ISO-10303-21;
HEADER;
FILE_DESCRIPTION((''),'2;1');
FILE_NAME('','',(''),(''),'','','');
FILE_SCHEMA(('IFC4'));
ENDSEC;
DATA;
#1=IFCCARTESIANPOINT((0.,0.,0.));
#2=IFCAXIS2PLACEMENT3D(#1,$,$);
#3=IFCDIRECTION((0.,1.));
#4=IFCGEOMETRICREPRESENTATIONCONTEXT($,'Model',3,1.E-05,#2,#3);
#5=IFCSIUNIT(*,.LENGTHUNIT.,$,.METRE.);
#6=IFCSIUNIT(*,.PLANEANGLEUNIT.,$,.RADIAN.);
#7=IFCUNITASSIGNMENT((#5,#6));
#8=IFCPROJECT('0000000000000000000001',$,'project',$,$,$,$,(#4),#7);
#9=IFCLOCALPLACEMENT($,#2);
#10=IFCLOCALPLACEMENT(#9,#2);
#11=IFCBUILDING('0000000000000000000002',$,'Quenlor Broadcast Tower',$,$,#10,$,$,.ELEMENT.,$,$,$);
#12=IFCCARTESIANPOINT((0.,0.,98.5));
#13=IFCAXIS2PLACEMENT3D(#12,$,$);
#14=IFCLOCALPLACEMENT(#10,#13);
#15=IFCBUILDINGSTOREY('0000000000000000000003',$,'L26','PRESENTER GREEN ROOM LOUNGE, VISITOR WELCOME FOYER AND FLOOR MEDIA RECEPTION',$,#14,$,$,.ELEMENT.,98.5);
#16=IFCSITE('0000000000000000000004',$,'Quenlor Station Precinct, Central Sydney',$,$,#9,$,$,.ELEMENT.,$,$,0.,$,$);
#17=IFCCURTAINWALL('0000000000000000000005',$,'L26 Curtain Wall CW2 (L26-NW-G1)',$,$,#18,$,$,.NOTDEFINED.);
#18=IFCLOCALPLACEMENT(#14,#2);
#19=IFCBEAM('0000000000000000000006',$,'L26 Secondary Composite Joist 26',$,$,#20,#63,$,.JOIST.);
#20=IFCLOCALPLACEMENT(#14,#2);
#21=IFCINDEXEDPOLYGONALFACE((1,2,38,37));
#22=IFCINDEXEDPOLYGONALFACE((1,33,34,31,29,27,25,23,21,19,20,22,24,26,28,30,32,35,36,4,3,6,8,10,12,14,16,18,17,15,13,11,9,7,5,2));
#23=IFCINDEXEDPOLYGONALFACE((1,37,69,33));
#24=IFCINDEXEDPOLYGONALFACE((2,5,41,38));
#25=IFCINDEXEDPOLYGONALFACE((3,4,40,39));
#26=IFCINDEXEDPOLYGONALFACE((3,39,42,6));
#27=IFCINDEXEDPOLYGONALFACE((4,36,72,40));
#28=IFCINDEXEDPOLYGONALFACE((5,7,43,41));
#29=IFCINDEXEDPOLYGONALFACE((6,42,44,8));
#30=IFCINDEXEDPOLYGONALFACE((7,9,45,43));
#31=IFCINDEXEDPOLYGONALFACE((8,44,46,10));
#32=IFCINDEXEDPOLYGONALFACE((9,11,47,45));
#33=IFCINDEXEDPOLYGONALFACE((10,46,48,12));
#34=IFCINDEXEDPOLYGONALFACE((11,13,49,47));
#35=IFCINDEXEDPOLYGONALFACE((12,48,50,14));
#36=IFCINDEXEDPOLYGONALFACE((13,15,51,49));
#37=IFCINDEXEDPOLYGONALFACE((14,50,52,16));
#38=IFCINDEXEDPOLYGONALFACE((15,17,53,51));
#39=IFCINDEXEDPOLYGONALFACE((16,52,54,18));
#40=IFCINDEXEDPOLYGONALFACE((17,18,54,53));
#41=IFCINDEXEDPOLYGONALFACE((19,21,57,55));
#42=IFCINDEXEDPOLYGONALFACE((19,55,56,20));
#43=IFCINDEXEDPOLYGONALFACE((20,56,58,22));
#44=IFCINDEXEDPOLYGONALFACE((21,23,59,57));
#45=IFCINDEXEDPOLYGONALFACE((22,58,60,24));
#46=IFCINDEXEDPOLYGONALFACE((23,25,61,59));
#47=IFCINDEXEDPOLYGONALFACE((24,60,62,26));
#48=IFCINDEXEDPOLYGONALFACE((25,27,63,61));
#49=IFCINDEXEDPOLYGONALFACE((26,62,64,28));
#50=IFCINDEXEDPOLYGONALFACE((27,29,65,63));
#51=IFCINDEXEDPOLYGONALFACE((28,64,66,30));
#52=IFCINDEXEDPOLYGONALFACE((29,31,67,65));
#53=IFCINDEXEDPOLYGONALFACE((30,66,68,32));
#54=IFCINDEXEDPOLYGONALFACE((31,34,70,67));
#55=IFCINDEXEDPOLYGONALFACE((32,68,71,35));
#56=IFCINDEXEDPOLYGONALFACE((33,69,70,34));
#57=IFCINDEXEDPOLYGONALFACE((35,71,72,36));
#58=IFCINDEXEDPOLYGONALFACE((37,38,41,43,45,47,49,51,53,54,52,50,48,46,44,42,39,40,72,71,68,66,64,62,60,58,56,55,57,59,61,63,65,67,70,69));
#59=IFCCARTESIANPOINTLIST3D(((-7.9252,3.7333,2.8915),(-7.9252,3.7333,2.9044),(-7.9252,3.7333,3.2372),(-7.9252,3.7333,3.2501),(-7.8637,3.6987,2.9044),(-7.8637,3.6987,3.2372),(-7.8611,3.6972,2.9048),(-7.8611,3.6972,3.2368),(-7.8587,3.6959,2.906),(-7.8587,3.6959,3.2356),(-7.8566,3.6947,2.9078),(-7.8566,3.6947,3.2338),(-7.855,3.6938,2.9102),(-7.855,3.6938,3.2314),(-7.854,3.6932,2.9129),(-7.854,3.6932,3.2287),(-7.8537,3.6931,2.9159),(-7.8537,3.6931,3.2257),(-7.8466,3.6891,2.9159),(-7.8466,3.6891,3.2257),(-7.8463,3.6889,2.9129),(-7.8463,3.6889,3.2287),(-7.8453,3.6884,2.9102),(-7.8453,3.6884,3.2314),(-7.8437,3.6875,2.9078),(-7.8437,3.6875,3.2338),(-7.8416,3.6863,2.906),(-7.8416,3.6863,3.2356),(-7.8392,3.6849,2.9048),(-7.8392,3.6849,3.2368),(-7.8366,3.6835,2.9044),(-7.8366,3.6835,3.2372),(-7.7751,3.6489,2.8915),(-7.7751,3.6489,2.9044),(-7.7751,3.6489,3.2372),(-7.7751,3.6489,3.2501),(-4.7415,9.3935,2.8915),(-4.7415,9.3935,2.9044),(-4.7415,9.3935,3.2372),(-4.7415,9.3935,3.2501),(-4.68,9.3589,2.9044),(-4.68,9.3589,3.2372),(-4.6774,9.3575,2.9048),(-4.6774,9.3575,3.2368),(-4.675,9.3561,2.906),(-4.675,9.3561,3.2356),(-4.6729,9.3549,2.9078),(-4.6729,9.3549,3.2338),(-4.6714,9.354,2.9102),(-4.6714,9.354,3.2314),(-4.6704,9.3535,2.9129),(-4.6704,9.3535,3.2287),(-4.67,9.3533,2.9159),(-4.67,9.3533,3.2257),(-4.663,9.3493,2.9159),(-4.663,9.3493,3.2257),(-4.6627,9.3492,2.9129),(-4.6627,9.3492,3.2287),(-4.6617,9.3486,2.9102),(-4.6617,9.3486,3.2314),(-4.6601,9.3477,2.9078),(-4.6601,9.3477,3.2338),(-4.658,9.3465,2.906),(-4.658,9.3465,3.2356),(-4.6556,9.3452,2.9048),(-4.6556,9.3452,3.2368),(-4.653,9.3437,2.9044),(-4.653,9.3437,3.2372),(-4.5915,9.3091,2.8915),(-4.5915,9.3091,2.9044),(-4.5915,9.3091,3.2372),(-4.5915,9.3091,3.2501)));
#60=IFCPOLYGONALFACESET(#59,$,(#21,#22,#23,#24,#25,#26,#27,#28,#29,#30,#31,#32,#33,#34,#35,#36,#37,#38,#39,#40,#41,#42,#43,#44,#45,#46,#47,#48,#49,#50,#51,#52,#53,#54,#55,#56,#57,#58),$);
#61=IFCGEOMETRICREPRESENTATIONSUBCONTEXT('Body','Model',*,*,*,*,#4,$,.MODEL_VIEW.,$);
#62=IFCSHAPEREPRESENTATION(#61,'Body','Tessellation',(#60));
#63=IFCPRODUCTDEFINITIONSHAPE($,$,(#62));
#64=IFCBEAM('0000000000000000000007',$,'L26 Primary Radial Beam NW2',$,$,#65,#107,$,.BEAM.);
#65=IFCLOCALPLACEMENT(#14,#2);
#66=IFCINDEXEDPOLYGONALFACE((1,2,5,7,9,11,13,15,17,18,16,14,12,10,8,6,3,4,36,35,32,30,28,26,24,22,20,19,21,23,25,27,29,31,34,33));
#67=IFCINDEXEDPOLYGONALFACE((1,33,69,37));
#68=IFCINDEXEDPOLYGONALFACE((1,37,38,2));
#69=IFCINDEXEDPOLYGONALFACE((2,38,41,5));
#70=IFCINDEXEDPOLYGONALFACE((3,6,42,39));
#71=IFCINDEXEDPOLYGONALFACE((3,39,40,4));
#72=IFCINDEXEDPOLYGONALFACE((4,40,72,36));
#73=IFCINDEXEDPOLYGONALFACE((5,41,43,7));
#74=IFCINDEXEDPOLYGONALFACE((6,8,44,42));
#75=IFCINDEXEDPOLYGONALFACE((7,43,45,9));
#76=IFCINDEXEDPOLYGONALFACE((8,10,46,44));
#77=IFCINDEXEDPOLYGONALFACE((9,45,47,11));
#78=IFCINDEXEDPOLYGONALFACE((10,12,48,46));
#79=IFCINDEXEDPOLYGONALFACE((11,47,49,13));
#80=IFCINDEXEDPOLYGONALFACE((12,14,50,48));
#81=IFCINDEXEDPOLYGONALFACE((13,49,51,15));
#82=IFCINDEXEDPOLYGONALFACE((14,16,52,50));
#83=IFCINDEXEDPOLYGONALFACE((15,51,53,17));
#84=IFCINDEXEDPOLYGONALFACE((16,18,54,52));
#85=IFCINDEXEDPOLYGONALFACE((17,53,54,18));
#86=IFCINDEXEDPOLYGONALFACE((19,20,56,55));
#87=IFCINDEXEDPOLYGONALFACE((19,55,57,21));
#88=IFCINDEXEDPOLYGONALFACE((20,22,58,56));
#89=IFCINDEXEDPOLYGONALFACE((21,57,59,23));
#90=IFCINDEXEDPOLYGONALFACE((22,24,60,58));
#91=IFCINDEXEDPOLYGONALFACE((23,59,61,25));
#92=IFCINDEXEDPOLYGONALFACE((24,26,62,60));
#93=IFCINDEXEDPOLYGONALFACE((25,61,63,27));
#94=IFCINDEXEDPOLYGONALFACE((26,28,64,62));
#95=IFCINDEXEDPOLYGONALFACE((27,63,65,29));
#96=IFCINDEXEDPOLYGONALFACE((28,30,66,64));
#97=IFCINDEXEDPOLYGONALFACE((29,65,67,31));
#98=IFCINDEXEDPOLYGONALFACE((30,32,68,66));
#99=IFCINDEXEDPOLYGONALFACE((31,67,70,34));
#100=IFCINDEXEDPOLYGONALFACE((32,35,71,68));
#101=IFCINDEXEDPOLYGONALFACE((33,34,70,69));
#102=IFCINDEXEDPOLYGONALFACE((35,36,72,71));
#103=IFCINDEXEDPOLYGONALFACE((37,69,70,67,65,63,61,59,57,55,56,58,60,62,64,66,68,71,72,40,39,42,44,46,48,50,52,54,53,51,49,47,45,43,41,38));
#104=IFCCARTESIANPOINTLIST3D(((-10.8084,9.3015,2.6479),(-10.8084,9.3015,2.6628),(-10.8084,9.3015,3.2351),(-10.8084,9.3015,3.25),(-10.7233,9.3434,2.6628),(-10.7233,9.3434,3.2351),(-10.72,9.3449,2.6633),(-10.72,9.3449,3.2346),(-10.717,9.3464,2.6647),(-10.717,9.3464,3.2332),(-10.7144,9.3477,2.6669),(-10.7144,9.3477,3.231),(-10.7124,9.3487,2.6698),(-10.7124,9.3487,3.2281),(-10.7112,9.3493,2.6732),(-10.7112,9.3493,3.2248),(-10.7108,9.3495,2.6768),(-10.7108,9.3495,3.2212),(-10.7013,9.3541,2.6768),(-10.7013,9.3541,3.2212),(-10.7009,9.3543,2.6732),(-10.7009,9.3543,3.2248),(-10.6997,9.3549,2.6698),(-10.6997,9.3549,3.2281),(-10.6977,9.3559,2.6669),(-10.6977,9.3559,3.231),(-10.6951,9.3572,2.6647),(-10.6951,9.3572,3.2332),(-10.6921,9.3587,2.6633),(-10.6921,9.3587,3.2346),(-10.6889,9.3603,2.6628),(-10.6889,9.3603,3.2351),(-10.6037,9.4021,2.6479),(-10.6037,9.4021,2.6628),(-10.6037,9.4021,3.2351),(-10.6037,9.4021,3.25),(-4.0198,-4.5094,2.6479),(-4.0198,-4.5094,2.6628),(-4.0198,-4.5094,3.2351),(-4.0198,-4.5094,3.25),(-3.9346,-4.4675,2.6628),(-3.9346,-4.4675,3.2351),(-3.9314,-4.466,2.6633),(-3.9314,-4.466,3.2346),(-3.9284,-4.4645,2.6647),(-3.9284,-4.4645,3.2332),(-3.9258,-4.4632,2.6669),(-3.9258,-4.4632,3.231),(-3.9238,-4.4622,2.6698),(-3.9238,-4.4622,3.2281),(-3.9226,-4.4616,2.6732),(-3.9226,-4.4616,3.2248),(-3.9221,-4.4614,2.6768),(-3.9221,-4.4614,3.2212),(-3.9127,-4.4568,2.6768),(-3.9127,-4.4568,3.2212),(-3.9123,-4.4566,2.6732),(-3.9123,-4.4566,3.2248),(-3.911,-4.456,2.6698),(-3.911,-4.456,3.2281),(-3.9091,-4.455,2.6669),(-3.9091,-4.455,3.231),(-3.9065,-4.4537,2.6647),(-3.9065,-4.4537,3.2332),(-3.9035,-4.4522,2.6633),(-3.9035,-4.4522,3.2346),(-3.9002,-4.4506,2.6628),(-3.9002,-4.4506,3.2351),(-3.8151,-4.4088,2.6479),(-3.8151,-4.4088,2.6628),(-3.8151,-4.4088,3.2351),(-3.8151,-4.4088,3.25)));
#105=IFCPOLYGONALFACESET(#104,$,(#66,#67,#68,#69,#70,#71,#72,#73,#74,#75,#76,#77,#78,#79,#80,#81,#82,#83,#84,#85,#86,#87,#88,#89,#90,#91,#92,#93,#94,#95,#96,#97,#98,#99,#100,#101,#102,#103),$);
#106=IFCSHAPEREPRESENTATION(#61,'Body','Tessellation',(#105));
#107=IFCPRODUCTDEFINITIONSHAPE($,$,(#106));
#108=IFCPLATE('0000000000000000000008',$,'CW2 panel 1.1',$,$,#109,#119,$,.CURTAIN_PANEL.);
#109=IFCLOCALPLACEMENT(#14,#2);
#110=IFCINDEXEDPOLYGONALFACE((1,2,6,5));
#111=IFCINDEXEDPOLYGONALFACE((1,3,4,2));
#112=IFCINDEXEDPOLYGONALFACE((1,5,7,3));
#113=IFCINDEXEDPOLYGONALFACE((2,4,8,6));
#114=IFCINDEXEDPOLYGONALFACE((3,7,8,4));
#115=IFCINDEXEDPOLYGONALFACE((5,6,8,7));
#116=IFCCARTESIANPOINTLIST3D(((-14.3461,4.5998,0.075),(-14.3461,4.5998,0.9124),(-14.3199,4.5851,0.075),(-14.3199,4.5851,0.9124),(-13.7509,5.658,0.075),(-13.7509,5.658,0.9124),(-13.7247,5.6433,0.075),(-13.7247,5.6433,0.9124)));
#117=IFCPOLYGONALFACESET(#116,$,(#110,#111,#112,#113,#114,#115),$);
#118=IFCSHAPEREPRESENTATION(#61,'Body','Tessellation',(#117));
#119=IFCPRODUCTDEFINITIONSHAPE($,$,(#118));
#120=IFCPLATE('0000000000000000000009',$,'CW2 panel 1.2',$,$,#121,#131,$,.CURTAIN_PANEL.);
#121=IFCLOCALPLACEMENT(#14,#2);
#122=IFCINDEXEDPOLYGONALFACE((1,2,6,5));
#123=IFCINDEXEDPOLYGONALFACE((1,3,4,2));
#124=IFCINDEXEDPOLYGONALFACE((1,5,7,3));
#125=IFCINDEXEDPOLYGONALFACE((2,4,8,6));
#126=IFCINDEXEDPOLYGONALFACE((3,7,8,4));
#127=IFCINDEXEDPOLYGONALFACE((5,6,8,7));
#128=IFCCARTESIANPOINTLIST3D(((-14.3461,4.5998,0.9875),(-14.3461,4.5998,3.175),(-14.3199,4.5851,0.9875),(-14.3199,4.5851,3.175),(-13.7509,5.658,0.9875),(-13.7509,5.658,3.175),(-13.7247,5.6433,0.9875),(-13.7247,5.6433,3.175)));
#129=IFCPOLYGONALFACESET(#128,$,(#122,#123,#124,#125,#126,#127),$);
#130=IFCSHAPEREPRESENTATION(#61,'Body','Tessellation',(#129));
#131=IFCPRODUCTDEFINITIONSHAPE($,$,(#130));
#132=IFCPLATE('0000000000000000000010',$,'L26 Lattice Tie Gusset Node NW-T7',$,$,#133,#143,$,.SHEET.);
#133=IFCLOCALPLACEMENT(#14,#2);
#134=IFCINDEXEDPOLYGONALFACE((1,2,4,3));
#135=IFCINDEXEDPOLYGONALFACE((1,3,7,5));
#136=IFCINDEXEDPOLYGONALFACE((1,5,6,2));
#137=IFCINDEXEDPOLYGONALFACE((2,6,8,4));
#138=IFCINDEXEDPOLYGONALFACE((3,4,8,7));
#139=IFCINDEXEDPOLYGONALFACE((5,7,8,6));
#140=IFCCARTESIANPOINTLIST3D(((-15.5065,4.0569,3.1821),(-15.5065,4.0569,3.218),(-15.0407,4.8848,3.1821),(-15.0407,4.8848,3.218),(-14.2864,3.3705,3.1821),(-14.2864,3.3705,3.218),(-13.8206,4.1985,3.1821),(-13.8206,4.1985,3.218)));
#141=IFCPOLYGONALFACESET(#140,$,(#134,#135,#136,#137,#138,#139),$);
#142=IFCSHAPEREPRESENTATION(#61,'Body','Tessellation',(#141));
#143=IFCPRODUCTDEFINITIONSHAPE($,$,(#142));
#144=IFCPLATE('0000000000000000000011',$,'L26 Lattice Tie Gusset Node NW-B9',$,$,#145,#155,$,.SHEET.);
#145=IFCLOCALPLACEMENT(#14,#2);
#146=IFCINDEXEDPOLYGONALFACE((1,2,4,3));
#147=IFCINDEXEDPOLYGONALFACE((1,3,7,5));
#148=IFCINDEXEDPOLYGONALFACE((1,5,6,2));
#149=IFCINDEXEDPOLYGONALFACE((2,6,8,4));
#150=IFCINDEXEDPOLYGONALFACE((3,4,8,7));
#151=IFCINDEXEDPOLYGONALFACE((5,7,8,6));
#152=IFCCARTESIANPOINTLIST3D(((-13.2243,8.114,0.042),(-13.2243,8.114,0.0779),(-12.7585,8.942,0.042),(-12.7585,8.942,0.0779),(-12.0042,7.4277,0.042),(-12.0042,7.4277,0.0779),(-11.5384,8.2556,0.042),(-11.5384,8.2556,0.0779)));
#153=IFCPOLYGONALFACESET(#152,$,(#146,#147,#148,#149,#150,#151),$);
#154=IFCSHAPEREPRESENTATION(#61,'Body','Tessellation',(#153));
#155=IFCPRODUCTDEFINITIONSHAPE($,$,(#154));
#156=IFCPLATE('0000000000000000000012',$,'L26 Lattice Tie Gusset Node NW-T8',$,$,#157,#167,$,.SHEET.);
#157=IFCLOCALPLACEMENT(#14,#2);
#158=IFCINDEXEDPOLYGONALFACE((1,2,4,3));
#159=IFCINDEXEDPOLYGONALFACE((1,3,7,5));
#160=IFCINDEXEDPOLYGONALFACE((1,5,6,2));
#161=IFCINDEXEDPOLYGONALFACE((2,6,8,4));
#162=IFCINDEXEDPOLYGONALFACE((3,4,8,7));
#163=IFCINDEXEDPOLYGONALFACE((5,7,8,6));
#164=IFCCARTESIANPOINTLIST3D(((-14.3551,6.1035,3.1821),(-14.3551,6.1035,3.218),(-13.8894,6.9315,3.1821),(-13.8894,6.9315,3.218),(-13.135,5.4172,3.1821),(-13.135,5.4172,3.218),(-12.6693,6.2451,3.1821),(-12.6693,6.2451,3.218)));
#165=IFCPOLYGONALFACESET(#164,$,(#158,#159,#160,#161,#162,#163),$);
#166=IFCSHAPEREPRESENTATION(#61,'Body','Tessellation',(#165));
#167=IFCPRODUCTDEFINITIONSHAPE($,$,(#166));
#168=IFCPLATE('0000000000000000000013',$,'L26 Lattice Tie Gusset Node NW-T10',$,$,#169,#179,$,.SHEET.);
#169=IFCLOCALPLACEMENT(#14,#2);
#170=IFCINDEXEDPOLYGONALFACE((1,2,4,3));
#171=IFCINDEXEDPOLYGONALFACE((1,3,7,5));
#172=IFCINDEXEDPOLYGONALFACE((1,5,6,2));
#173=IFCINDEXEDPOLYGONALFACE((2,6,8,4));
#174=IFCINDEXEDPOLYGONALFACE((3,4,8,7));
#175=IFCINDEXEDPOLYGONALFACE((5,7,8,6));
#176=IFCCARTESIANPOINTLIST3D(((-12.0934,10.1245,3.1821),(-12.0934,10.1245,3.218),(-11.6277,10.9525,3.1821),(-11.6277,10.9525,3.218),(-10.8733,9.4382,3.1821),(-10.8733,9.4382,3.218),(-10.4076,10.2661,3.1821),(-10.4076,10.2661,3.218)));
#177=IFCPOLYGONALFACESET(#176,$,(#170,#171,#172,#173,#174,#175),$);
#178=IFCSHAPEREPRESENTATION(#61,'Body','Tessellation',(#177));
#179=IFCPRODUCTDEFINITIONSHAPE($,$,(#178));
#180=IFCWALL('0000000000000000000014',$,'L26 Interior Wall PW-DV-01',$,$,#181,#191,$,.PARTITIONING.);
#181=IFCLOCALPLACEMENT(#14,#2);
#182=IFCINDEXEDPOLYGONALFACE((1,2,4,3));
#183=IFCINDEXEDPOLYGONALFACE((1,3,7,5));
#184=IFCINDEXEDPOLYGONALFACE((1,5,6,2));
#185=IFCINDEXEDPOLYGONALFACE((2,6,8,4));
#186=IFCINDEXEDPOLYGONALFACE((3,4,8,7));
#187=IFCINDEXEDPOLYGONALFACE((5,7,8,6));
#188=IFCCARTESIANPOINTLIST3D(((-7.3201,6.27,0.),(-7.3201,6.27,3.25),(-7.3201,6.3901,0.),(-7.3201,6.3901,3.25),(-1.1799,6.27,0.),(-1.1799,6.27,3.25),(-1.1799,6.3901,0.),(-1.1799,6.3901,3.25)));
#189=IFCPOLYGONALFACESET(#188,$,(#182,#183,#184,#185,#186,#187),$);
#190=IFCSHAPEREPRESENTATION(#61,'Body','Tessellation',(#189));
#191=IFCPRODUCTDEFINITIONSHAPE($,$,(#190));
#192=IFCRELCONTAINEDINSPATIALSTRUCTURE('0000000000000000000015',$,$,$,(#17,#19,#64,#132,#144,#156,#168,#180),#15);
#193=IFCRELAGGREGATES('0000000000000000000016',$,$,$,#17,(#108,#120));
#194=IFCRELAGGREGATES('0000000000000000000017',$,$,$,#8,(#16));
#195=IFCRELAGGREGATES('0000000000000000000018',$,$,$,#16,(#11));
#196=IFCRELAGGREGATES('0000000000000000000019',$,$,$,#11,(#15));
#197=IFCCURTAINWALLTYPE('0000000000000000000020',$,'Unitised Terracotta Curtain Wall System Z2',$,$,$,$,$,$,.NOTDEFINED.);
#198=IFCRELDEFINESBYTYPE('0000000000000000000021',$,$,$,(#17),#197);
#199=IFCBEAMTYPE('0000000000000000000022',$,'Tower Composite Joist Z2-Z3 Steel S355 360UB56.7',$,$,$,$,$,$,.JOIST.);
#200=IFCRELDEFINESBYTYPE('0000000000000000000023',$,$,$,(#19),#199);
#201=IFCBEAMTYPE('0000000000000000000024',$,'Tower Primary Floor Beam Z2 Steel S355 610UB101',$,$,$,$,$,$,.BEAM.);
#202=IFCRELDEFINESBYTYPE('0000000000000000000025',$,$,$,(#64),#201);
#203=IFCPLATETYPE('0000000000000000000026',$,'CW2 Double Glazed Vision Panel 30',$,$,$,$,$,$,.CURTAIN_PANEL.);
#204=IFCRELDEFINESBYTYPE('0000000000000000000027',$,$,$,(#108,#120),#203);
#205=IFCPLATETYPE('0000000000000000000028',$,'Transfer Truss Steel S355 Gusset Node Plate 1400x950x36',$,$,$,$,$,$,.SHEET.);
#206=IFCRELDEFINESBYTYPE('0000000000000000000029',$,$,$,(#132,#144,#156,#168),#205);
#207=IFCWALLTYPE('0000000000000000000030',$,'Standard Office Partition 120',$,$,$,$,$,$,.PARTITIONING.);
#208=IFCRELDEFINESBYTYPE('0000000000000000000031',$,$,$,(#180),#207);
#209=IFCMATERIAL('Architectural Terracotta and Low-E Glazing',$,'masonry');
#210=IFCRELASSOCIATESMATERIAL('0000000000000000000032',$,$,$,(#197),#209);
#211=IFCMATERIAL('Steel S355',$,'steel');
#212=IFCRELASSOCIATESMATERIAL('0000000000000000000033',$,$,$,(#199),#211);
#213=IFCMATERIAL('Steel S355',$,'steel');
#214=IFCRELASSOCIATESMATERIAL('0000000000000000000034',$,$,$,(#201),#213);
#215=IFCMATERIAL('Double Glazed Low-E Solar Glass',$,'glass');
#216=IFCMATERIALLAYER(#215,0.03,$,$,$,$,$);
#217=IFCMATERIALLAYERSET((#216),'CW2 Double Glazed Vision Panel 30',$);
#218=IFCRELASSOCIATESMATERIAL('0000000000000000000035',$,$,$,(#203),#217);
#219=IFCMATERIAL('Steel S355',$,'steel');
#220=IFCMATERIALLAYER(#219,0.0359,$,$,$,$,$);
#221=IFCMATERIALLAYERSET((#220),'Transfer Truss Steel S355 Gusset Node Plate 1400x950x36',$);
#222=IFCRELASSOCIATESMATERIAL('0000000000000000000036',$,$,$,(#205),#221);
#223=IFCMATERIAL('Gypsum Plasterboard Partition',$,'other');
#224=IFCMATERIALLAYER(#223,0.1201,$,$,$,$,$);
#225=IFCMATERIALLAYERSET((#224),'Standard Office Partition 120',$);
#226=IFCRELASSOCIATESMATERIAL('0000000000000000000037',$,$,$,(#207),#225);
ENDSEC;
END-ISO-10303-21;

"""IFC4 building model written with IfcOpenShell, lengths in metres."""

from ifc_helpers import new_model, si_unit, direction, frame, frame_2d, origin, origin_2d, place, context, subcontext, project, spatial, rectangle, i_section, extrude, material, layer, layer_set, material_profile, profile_set, type_object, element, aggregate, save


model = new_model("IFC4")

# Units and contexts
model_context = context("Model", 3, precision=1e-05, world=origin(), true_north=direction((0.0, 1.0)))
body_context = subcontext(model_context, "Body", "Model", "MODEL_VIEW")
ifc_project = project(units=[si_unit("LENGTHUNIT", "METRE"), si_unit("PLANEANGLEUNIT", "RADIAN")], contexts=[model_context])

# Site, building, storey
site_placement = place(None, origin())
site = spatial("IfcSite", under=ifc_project, at=site_placement, Name="Quenlor Station Precinct, Central Sydney", CompositionType="ELEMENT", RefElevation=0.0)
building_placement = place(site_placement, origin())
building = spatial("IfcBuilding", under=site, at=building_placement, Name="Quenlor Broadcast Tower", CompositionType="ELEMENT")
storey_placement = place(building_placement, frame((0.0, 0.0, 98.5)))
storey = spatial("IfcBuildingStorey", under=building, at=storey_placement, Name="L26", Description="PRESENTER GREEN ROOM LOUNGE, VISITOR WELCOME FOYER AND FLOOR MEDIA RECEPTION", CompositionType="ELEMENT", Elevation=98.5)

# Shared definitions
ifc_material_1 = material(Name="Architectural Terracotta and Low-E Glazing", Category="masonry")
curtain_wall_type = type_object("IfcCurtainWallType", Name="Unitised Terracotta Curtain Wall System Z2", PredefinedType="NOTDEFINED", material=ifc_material_1)

# Curtain wall
curtain_wall_1_placement = place(storey_placement, origin())
curtain_wall_1 = element("IfcCurtainWall", 1, at=curtain_wall_1_placement, inside=storey, type_object=curtain_wall_type, Name="L26 Curtain Wall CW2 (L26-NW-G1)", PredefinedType="NOTDEFINED")

# Beams
ifc_material_2 = material(Name="Steel S355", Category="steel")
ifc_material_profile_1 = material_profile(ifc_material_2, i_section(OverallWidth=0.1721, OverallDepth=0.3586, WebThickness=0.0081, FlangeThickness=0.0129, FilletRadius=0.0115, at=origin_2d()))
ifc_profile_set_1 = profile_set([ifc_material_profile_1], Name="Steel S355 360UB56.7")
beam_type_1 = type_object("IfcBeamType", Name="Tower Composite Joist Z2-Z3 Steel S355 360UB56.7", PredefinedType="JOIST", material=ifc_profile_set_1)
beam_1_placement = place(storey_placement, frame((-4.6665, 9.3513, 3.0708), z_axis=(-0.490233, -0.871592, 0.0), x_axis=(0.871592, -0.490233, 0.0)))
element("IfcBeam", 2, at=beam_1_placement, inside=storey, type_object=beam_type_1, Name="L26 Secondary Composite Joist 26", PredefinedType="JOIST", context=body_context, shape_type="SweptSolid", body=[
    extrude(i_section(OverallWidth=0.1721, OverallDepth=0.3586, WebThickness=0.0081, FlangeThickness=0.0129, FilletRadius=0.0115, at=origin_2d()), origin(), (0.0, 0.0, 1.0), 6.4941),
])
ifc_material_3 = material(Name="Steel S355", Category="steel")
ifc_material_profile_2 = material_profile(ifc_material_3, i_section(OverallWidth=0.228, OverallDepth=0.6021, WebThickness=0.0105, FlangeThickness=0.0149, FilletRadius=0.0139, at=origin_2d()))
ifc_profile_set_2 = profile_set([ifc_material_profile_2], Name="Steel S355 610UB101")
beam_type_2 = type_object("IfcBeamType", Name="Tower Primary Floor Beam Z2 Steel S355 610UB101", PredefinedType="BEAM", material=ifc_profile_set_2)
beam_2_placement = place(storey_placement, frame((-10.7061, 9.3518, 2.949), z_axis=(0.44113, -0.897443, 0.0), x_axis=(0.897443, 0.44113, 0.0)))
element("IfcBeam", 3, at=beam_2_placement, inside=storey, type_object=beam_type_2, Name="L26 Primary Radial Beam NW2", PredefinedType="BEAM", context=body_context, shape_type="SweptSolid", body=[
    extrude(i_section(OverallWidth=0.228, OverallDepth=0.6021, WebThickness=0.0105, FlangeThickness=0.0149, FilletRadius=0.0139, at=origin_2d()), origin(), (0.0, 0.0, 1.0), 15.3892),
])

# Plates
ifc_material_4 = material(Name="Double Glazed Low-E Solar Glass", Category="glass")
ifc_layer_1 = layer(ifc_material_4, 0.03)
ifc_layer_set_1 = layer_set([ifc_layer_1], Name="CW2 Double Glazed Vision Panel 30")
plate_type_1 = type_object("IfcPlateType", Name="CW2 Double Glazed Vision Panel 30", PredefinedType="CURTAIN_PANEL", material=ifc_layer_set_1)
plate_1_placement = place(storey_placement, frame((-14.0354, 5.1216, 0.075), z_axis=(0.0, 0.0, 1.0), x_axis=(0.490254, 0.871579, 0.0)))
plate_1 = element("IfcPlate", 4, at=plate_1_placement, type_object=plate_type_1, Name="CW2 panel 1.1", PredefinedType="CURTAIN_PANEL", context=body_context, shape_type="SweptSolid", body=[
    extrude(rectangle(XDim=1.2141, YDim=0.03, at=origin_2d()), origin(), (0.0, 0.0, 1.0), 0.8374),
])
plate_2_placement = place(storey_placement, frame((-14.0354, 5.1216, 0.9875), z_axis=(0.0, 0.0, 1.0), x_axis=(0.490254, 0.871579, 0.0)))
plate_2 = element("IfcPlate", 5, at=plate_2_placement, type_object=plate_type_1, Name="CW2 panel 1.2", PredefinedType="CURTAIN_PANEL", context=body_context, shape_type="SweptSolid", body=[
    extrude(rectangle(XDim=1.2141, YDim=0.03, at=origin_2d()), origin(), (0.0, 0.0, 1.0), 2.1875),
])
aggregate(curtain_wall_1, [plate_1, plate_2])

# Plates
ifc_material_5 = material(Name="Steel S355", Category="steel")
ifc_layer_2 = layer(ifc_material_5, 0.0359)
ifc_layer_set_2 = layer_set([ifc_layer_2], Name="Transfer Truss Steel S355 Gusset Node Plate 1400x950x36")
plate_type_2 = type_object("IfcPlateType", Name="Transfer Truss Steel S355 Gusset Node Plate 1400x950x36", PredefinedType="SHEET", material=ifc_layer_set_2)
for number, where, z_axis, x_axis, name in (
    (6, (-14.6636, 4.1277, 3.1821), (0.0, 0.0, 1.0), (-0.871556, 0.490295, 0.0), "L26 Lattice Tie Gusset Node NW-T7"),
    (7, (-12.3813, 8.1848, 0.042), (0.0, 0.0, 1.0), (-0.871556, 0.490295, 0.0), "L26 Lattice Tie Gusset Node NW-B9"),
    (8, (-13.5122, 6.1743, 3.1821), (0.0, 0.0, 1.0), (-0.871556, 0.490295, 0.0), "L26 Lattice Tie Gusset Node NW-T8"),
    (9, (-11.2505, 10.1953, 3.1821), (0.0, 0.0, 1.0), (-0.871556, 0.490295, 0.0), "L26 Lattice Tie Gusset Node NW-T10"),
):
    element("IfcPlate", number, at=place(storey_placement, frame(where, z_axis=z_axis, x_axis=x_axis)), inside=storey, type_object=plate_type_2, Name=name, PredefinedType="SHEET", context=body_context, shape_type="SweptSolid", body=[
        extrude(rectangle(XDim=1.3999, YDim=0.95, at=origin_2d()), origin(), (0.0, 0.0, 1.0), 0.0359),
    ])

# Wall
ifc_material_6 = material(Name="Gypsum Plasterboard Partition", Category="other")
ifc_layer_3 = layer(ifc_material_6, 0.1201)
ifc_layer_set_3 = layer_set([ifc_layer_3], Name="Standard Office Partition 120")
wall_type_1 = type_object("IfcWallType", Name="Standard Office Partition 120", PredefinedType="PARTITIONING", material=ifc_layer_set_3)
wall_1_placement = place(storey_placement, frame((-1.1799, 6.3301, 0.0), z_axis=(0.0, 0.0, 1.0), x_axis=(-1.0, 0.0, 0.0)))
element("IfcWall", 10, at=wall_1_placement, inside=storey, type_object=wall_type_1, Name="L26 Interior Wall PW-DV-01", PredefinedType="PARTITIONING", context=body_context, shape_type="SweptSolid", body=[
    extrude(rectangle(XDim=6.1401, YDim=0.1201, at=frame_2d((3.0701, 0.0))), origin(), (0.0, 0.0, 1.0), 3.25),
])

save(model, "model.ifc")
